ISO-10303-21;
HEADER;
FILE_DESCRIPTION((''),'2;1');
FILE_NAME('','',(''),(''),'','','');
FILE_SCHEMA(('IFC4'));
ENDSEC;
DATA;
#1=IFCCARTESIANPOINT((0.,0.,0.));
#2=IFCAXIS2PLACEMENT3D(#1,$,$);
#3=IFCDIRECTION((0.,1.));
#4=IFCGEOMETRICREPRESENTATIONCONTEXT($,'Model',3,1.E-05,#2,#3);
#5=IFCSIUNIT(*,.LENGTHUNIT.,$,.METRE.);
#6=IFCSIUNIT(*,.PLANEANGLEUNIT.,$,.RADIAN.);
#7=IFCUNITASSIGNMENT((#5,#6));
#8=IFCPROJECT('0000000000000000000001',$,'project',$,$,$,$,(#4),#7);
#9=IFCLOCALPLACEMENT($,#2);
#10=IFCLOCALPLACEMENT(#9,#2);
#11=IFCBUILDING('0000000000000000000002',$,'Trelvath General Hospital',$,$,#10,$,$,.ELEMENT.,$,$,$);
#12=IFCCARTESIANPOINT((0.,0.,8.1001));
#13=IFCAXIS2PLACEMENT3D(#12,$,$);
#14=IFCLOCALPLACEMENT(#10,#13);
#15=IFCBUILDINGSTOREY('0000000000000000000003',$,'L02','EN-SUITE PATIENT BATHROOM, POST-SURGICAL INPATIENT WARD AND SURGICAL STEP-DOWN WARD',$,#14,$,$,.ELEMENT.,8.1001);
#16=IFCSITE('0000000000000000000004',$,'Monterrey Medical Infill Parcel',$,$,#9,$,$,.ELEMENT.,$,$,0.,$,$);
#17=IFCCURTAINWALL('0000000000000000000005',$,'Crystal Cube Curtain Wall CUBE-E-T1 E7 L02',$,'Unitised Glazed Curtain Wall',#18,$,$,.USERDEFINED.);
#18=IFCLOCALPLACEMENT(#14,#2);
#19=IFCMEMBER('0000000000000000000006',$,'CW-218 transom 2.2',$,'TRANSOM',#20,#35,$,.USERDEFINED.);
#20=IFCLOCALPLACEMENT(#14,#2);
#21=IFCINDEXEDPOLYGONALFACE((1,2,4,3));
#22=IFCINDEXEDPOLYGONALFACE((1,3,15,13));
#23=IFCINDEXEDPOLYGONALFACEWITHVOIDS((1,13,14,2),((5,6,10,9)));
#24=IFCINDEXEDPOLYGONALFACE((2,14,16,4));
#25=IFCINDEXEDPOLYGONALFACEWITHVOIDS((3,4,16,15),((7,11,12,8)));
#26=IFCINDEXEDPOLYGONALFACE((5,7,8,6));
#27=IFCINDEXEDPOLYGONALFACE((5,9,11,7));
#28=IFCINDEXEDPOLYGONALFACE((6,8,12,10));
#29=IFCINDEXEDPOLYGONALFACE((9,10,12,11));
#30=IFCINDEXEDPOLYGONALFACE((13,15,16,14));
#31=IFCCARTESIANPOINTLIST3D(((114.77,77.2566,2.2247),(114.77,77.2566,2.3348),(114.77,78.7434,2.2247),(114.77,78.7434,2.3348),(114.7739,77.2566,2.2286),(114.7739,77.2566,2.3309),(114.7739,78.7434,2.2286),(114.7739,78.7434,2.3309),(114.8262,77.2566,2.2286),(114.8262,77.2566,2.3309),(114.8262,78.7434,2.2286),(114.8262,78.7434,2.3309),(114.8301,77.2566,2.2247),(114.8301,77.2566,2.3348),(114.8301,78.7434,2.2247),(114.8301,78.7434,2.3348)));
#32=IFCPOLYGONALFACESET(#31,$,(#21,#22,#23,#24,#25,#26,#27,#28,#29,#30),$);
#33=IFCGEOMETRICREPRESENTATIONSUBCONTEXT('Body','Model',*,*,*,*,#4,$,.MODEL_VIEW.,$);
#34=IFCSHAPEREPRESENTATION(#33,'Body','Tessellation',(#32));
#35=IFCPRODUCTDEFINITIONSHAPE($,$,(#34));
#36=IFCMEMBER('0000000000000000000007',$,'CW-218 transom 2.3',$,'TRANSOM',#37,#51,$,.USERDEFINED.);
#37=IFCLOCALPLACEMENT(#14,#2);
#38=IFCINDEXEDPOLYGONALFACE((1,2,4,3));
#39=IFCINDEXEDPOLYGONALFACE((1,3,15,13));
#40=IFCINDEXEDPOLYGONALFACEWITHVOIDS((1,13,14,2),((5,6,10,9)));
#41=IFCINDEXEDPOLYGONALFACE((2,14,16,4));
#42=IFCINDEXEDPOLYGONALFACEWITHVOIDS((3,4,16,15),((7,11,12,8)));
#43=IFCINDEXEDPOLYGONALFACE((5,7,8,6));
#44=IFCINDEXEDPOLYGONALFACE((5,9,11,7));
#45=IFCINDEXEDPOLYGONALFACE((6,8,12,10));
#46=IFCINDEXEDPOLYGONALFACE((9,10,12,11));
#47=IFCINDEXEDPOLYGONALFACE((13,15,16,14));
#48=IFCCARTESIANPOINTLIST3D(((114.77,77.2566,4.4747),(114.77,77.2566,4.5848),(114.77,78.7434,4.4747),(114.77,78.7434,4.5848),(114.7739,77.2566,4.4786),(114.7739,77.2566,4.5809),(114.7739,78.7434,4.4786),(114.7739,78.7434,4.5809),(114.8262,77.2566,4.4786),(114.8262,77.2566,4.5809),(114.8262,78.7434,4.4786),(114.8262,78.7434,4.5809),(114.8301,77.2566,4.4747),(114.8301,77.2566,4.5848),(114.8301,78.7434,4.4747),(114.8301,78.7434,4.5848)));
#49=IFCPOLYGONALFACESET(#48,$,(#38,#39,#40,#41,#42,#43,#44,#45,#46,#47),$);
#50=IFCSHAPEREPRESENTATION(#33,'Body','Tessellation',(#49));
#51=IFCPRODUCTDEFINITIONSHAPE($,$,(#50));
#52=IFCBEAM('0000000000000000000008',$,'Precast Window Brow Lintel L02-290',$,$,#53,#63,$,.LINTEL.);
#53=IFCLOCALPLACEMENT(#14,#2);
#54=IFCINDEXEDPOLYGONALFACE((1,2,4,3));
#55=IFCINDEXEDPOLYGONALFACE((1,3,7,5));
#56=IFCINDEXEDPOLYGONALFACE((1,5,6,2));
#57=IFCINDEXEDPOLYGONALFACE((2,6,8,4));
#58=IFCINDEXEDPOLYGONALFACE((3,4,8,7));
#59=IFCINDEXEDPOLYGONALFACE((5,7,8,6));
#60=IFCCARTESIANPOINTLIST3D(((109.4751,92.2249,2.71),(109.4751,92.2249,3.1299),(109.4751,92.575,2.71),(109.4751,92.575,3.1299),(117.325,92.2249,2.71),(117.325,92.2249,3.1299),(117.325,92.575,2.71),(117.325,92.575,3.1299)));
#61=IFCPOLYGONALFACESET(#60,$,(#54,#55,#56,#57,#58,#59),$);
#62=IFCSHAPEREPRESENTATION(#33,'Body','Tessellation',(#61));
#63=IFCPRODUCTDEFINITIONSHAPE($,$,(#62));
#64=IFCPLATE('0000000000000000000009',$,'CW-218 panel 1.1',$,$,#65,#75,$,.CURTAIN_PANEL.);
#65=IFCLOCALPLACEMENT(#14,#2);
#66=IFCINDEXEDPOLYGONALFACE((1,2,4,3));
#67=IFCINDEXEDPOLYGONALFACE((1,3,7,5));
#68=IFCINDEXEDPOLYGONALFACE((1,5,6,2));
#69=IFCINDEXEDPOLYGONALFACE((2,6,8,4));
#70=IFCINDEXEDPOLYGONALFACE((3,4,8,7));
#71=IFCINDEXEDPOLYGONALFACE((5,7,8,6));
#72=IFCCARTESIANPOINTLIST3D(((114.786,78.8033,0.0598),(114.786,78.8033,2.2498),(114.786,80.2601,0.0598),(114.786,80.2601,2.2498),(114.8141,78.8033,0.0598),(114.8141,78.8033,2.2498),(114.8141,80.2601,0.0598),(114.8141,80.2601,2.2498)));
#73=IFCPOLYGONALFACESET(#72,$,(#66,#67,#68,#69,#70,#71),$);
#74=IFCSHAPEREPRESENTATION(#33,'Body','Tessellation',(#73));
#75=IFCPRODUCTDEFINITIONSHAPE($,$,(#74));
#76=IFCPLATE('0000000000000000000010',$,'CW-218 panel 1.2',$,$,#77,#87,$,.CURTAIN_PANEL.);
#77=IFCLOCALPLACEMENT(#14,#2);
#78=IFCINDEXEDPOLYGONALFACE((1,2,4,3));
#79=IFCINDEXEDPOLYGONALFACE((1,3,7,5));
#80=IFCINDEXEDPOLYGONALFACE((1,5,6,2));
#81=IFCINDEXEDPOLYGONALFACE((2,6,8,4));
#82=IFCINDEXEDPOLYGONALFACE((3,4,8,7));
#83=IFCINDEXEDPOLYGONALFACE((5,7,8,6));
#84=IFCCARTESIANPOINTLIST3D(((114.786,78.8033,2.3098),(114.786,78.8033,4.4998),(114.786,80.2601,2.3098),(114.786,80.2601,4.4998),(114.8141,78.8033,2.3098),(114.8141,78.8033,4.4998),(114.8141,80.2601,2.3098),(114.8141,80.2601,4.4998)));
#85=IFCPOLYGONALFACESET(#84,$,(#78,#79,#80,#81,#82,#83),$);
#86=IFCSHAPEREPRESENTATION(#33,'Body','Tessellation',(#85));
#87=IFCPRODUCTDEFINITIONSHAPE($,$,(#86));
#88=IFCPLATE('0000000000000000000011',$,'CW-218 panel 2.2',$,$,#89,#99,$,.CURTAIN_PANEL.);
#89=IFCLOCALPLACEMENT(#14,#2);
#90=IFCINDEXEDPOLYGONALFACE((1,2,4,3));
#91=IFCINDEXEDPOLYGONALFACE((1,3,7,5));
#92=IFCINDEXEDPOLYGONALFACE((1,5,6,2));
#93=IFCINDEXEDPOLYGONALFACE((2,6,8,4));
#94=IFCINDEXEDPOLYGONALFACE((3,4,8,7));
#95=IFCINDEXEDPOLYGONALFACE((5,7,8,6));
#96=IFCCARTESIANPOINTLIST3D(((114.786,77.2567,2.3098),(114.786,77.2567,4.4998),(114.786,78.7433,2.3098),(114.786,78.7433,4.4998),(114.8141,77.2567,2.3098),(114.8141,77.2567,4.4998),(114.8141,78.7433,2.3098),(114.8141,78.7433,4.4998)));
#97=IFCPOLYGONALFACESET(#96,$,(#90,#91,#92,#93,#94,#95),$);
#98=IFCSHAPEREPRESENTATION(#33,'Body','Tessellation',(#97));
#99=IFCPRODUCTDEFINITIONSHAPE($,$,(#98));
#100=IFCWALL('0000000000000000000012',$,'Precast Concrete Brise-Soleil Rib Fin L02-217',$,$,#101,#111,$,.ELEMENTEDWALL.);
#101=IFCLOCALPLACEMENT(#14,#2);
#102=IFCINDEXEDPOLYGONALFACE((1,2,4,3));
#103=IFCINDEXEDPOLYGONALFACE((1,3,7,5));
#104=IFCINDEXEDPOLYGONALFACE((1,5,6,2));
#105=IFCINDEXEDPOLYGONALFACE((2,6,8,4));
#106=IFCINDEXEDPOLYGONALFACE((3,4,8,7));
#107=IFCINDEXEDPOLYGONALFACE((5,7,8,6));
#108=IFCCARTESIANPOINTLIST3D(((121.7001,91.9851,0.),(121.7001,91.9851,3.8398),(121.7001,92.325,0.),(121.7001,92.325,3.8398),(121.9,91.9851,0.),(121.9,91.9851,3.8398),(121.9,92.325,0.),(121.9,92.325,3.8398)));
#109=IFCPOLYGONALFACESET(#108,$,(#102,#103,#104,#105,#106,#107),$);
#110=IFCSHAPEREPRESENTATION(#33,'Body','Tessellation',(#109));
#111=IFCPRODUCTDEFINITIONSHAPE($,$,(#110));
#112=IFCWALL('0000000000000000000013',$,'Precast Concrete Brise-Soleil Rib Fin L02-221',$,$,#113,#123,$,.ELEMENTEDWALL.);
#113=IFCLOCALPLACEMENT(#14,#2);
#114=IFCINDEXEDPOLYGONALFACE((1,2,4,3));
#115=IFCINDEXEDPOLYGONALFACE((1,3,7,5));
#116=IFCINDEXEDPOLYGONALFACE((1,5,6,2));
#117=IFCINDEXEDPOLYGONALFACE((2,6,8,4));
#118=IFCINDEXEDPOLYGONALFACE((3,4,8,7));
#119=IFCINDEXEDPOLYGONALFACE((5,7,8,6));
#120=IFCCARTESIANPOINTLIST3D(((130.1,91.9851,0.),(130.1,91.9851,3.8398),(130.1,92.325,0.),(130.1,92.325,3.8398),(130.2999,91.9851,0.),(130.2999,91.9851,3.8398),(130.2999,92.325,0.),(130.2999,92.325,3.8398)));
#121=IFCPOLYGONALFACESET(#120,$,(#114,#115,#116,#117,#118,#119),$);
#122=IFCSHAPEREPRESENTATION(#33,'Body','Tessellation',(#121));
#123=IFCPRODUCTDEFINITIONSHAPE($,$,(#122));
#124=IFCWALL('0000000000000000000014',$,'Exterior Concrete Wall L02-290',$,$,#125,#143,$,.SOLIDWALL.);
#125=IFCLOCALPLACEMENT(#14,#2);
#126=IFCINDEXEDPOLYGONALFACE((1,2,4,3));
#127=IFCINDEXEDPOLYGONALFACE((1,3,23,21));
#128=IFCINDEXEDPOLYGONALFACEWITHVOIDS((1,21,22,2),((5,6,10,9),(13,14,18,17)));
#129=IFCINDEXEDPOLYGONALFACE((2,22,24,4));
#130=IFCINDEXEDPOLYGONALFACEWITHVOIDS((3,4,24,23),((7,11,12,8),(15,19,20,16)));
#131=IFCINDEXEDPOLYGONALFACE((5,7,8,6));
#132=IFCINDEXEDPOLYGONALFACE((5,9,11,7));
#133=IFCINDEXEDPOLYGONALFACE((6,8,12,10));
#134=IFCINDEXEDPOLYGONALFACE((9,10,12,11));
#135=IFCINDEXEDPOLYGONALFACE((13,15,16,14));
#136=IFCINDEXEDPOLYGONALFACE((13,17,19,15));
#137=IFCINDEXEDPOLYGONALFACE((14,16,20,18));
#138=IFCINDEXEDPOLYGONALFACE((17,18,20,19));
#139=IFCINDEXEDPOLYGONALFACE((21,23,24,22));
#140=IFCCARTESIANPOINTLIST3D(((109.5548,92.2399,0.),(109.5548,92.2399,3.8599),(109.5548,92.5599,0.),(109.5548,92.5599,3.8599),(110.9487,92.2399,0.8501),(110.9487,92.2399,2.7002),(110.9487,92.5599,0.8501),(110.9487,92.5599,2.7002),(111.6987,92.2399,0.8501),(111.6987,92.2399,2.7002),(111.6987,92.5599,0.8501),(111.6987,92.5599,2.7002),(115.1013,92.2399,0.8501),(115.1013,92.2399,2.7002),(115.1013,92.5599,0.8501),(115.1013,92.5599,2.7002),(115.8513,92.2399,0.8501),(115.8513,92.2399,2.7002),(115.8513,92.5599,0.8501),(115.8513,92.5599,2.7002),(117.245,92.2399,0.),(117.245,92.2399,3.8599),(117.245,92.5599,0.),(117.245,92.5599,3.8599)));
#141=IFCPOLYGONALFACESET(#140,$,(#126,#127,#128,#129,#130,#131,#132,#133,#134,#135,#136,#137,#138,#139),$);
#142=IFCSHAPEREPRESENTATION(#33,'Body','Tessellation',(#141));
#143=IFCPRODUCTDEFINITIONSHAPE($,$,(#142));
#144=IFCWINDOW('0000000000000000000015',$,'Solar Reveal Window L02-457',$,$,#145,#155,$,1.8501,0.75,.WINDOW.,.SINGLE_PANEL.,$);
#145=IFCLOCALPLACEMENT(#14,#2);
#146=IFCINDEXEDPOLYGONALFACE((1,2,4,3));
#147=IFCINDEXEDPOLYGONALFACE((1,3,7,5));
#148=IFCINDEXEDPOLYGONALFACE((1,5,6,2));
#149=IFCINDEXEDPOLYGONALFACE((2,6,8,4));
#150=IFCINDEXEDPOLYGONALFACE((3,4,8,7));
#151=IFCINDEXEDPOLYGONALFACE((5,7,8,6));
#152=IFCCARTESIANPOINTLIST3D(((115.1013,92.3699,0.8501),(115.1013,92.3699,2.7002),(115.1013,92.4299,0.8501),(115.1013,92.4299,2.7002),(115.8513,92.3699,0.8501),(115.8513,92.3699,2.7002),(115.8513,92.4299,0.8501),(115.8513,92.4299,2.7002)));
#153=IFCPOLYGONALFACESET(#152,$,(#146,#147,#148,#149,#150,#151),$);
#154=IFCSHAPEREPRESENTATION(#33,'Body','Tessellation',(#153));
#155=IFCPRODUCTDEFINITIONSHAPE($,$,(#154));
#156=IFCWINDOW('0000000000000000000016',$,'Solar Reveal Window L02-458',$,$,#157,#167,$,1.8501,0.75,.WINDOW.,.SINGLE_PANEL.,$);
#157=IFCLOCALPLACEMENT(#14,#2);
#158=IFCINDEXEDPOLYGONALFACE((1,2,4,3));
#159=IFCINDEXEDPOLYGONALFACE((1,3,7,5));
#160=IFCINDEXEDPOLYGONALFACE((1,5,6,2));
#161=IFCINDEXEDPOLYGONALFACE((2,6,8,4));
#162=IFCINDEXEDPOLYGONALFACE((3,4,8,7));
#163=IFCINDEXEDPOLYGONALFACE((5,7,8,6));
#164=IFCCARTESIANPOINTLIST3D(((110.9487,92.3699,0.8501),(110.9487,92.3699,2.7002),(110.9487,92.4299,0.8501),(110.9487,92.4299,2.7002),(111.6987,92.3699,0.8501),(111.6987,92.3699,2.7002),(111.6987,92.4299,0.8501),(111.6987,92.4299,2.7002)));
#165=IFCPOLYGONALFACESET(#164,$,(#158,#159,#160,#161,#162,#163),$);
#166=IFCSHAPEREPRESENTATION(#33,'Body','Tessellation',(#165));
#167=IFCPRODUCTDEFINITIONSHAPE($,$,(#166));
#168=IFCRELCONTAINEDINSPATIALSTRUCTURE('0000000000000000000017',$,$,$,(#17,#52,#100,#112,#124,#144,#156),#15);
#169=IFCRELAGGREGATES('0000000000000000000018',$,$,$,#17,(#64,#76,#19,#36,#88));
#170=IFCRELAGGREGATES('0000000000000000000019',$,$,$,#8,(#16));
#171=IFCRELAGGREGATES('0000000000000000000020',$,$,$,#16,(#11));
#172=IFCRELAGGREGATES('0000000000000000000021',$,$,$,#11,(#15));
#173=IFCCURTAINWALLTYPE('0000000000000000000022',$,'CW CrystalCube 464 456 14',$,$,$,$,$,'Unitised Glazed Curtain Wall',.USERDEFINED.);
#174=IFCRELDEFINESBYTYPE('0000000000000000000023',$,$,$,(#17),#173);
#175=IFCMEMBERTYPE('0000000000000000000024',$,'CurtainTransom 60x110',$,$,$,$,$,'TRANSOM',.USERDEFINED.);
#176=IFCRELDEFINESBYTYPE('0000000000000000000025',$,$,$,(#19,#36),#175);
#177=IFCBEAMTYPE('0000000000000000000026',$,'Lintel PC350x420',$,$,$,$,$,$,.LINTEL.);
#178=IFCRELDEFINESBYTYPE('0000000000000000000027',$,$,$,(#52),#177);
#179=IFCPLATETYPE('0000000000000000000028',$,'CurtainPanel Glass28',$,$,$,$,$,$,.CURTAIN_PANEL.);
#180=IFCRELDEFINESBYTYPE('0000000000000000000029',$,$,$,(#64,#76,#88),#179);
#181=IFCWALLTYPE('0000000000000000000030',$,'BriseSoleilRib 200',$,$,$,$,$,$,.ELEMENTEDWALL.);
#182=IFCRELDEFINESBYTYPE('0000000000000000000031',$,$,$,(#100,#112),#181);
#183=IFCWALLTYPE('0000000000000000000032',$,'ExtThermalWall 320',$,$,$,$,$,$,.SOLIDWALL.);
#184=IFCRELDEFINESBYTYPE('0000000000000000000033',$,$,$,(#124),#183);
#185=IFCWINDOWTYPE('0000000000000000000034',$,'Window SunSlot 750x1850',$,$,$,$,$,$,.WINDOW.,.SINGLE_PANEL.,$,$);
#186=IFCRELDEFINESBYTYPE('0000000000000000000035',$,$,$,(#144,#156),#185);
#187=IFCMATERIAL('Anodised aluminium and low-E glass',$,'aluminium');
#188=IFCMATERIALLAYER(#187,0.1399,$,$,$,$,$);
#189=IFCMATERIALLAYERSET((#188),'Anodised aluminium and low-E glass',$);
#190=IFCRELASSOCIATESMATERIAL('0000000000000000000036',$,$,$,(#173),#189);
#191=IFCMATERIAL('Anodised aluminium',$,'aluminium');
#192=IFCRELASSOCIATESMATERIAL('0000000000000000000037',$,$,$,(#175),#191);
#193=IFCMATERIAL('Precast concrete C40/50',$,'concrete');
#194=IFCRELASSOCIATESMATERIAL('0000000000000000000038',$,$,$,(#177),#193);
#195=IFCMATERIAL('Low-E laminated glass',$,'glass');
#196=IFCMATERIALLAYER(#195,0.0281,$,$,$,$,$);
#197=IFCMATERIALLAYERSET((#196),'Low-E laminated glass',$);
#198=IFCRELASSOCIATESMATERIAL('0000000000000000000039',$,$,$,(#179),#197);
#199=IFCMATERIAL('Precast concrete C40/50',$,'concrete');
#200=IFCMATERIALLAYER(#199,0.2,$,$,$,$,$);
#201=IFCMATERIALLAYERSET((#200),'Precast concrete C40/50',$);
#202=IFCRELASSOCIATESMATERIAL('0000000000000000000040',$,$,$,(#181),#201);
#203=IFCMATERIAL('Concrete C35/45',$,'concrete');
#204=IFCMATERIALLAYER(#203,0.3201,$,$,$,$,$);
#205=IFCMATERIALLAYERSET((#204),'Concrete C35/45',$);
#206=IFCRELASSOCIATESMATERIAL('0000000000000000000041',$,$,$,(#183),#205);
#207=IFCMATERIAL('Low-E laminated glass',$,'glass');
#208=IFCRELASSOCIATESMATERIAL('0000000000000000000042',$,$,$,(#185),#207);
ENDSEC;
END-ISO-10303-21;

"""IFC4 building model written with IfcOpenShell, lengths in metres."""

from ifc_helpers import new_model, si_unit, direction, frame, frame_2d, origin, origin_2d, place, context, subcontext, project, spatial, rectangle, hollow_rectangle, extrude, material, layer, layer_set, material_profile, profile_set, type_object, element, fill, aggregate, save


model = new_model("IFC4")

# Units and contexts
model_context = context("Model", 3, precision=1e-05, world=origin(), true_north=direction((0.0, 1.0)))
body_context = subcontext(model_context, "Body", "Model", "MODEL_VIEW")
ifc_project = project(units=[si_unit("LENGTHUNIT", "METRE"), si_unit("PLANEANGLEUNIT", "RADIAN")], contexts=[model_context])

# Site, building, storey
site_placement = place(None, origin())
site = spatial("IfcSite", under=ifc_project, at=site_placement, Name="Monterrey Medical Infill Parcel", CompositionType="ELEMENT", RefElevation=0.0)
building_placement = place(site_placement, origin())
building = spatial("IfcBuilding", under=site, at=building_placement, Name="Trelvath General Hospital", CompositionType="ELEMENT")
storey_placement = place(building_placement, frame((0.0, 0.0, 8.1001)))
storey = spatial("IfcBuildingStorey", under=building, at=storey_placement, Name="L02", Description="EN-SUITE PATIENT BATHROOM, POST-SURGICAL INPATIENT WARD AND SURGICAL STEP-DOWN WARD", CompositionType="ELEMENT", Elevation=8.1001)

# Curtain wall, members
ifc_material_1 = material(Name="Anodised aluminium and low-E glass", Category="aluminium")
ifc_layer_1 = layer(ifc_material_1, 0.1399)
ifc_layer_set_1 = layer_set([ifc_layer_1], Name="Anodised aluminium and low-E glass")
curtain_wall_type = type_object("IfcCurtainWallType", Name="CW CrystalCube 464 456 14", ElementType="Unitised Glazed Curtain Wall", PredefinedType="USERDEFINED", material=ifc_layer_set_1)
curtain_wall_placement = place(storey_placement, origin())
curtain_wall = element("IfcCurtainWall", 1, at=curtain_wall_placement, inside=storey, type_object=curtain_wall_type, Name="Crystal Cube Curtain Wall CUBE-E-T1 E7 L02", ObjectType="Unitised Glazed Curtain Wall", PredefinedType="USERDEFINED")
ifc_material_2 = material(Name="Anodised aluminium", Category="aluminium")
ifc_material_profile_1 = material_profile(ifc_material_2, hollow_rectangle(XDim=0.0601, YDim=0.1101, WallThickness=0.0039, at=origin_2d()), Name="RHS60x110x4")
ifc_profile_set_1 = profile_set([ifc_material_profile_1], Name="Anodised aluminium")
member_type_1 = type_object("IfcMemberType", Name="CurtainTransom 60x110", ElementType="TRANSOM", PredefinedType="USERDEFINED", material=ifc_profile_set_1)
member_1_placement = place(storey_placement, frame((114.8, 78.7434, 2.2798), z_axis=(0.0, -1.0, 0.0), x_axis=(1.0, 0.0, 0.0)))
member_1 = element("IfcMember", 2, at=member_1_placement, type_object=member_type_1, Name="CW-218 transom 2.2", ObjectType="TRANSOM", PredefinedType="USERDEFINED", context=body_context, shape_type="SweptSolid", body=[
    extrude(hollow_rectangle(XDim=0.0601, YDim=0.1101, WallThickness=0.0039, at=origin_2d()), origin(), (0.0, 0.0, 1.0), 1.4868),
])
member_2_placement = place(storey_placement, frame((114.8, 78.7434, 4.5298), z_axis=(0.0, -1.0, 0.0), x_axis=(1.0, 0.0, 0.0)))
member_2 = element("IfcMember", 3, at=member_2_placement, type_object=member_type_1, Name="CW-218 transom 2.3", ObjectType="TRANSOM", PredefinedType="USERDEFINED", context=body_context, shape_type="SweptSolid", body=[
    extrude(hollow_rectangle(XDim=0.0601, YDim=0.1101, WallThickness=0.0039, at=origin_2d()), origin(), (0.0, 0.0, 1.0), 1.4868),
])

# Beam
ifc_material_3 = material(Name="Precast concrete C40/50", Category="concrete")
ifc_material_profile_2 = material_profile(ifc_material_3, rectangle(XDim=0.3501, YDim=0.4199, at=origin_2d()), Name="PCL350x420")
ifc_profile_set_2 = profile_set([ifc_material_profile_2], Name="Precast concrete C40/50")
beam_type_1 = type_object("IfcBeamType", Name="Lintel PC350x420", PredefinedType="LINTEL", material=ifc_profile_set_2)
beam_placement = place(storey_placement, frame((117.325, 92.3999, 2.9199), z_axis=(-1.0, 0.0, 0.0), x_axis=(0.0, -1.0, 0.0)))
element("IfcBeam", 4, at=beam_placement, inside=storey, type_object=beam_type_1, Name="Precast Window Brow Lintel L02-290", PredefinedType="LINTEL", context=body_context, shape_type="SweptSolid", body=[
    extrude(rectangle(XDim=0.3501, YDim=0.4199, at=origin_2d()), origin(), (0.0, 0.0, 1.0), 7.8499),
])

# Plates
ifc_material_4 = material(Name="Low-E laminated glass", Category="glass")
ifc_layer_2 = layer(ifc_material_4, 0.0281)
ifc_layer_set_2 = layer_set([ifc_layer_2], Name="Low-E laminated glass")
plate_type = type_object("IfcPlateType", Name="CurtainPanel Glass28", PredefinedType="CURTAIN_PANEL", material=ifc_layer_set_2)
plate_1_placement = place(storey_placement, frame((114.8, 79.5317, 0.0598), z_axis=(0.0, 0.0, 1.0), x_axis=(0.0, -1.0, 0.0)))
plate_1 = element("IfcPlate", 5, at=plate_1_placement, type_object=plate_type, Name="CW-218 panel 1.1", PredefinedType="CURTAIN_PANEL", context=body_context, shape_type="SweptSolid", body=[
    extrude(rectangle(XDim=1.4568, YDim=0.0281, at=origin_2d()), origin(), (0.0, 0.0, 1.0), 2.1899),
])
plate_2_placement = place(storey_placement, frame((114.8, 79.5317, 2.3098), z_axis=(0.0, 0.0, 1.0), x_axis=(0.0, -1.0, 0.0)))
plate_2 = element("IfcPlate", 6, at=plate_2_placement, type_object=plate_type, Name="CW-218 panel 1.2", PredefinedType="CURTAIN_PANEL", context=body_context, shape_type="SweptSolid", body=[
    extrude(rectangle(XDim=1.4568, YDim=0.0281, at=origin_2d()), origin(), (0.0, 0.0, 1.0), 2.1899),
])
plate_3_placement = place(storey_placement, frame((114.8, 78.0, 2.3098), z_axis=(0.0, 0.0, 1.0), x_axis=(0.0, -1.0, 0.0)))
plate_3 = element("IfcPlate", 7, at=plate_3_placement, type_object=plate_type, Name="CW-218 panel 2.2", PredefinedType="CURTAIN_PANEL", context=body_context, shape_type="SweptSolid", body=[
    extrude(rectangle(XDim=1.4866, YDim=0.0281, at=origin_2d()), origin(), (0.0, 0.0, 1.0), 2.1899),
])
aggregate(curtain_wall, [plate_1, plate_2, member_1, member_2, plate_3])

# Walls
ifc_material_5 = material(Name="Precast concrete C40/50", Category="concrete")
ifc_layer_3 = layer(ifc_material_5, 0.2)
ifc_layer_set_3 = layer_set([ifc_layer_3], Name="Precast concrete C40/50")
wall_type_1 = type_object("IfcWallType", Name="BriseSoleilRib 200", PredefinedType="ELEMENTEDWALL", material=ifc_layer_set_3)
for number, where, z_axis, x_axis, name in (
    (8, (121.8, 92.325, 0.0), (0.0, 0.0, 1.0), (0.0, -1.0, 0.0), "Precast Concrete Brise-Soleil Rib Fin L02-217"),
    (9, (130.2, 92.325, 0.0), (0.0, 0.0, 1.0), (0.0, -1.0, 0.0), "Precast Concrete Brise-Soleil Rib Fin L02-221"),
):
    element("IfcWall", number, at=place(storey_placement, frame(where, z_axis=z_axis, x_axis=x_axis)), inside=storey, type_object=wall_type_1, Name=name, PredefinedType="ELEMENTEDWALL", context=body_context, shape_type="SweptSolid", body=[
        extrude(rectangle(XDim=0.3398, YDim=0.2, at=frame_2d((0.1699, 0.0))), origin(), (0.0, 0.0, 1.0), 3.8398),
    ])

# Wall, openings, windows
ifc_material_6 = material(Name="Concrete C35/45", Category="concrete")
ifc_layer_4 = layer(ifc_material_6, 0.3201)
ifc_layer_set_4 = layer_set([ifc_layer_4], Name="Concrete C35/45")
wall_type_2 = type_object("IfcWallType", Name="ExtThermalWall 320", PredefinedType="SOLIDWALL", material=ifc_layer_set_4)
wall_1_placement = place(storey_placement, frame((117.2451, 92.3999, 0.0), z_axis=(0.0, 0.0, 1.0), x_axis=(-1.0, 0.0, 0.0)))
wall_1 = element("IfcWall", 10, at=wall_1_placement, inside=storey, type_object=wall_type_2, Name="Exterior Concrete Wall L02-290", PredefinedType="SOLIDWALL", context=body_context, shape_type="SweptSolid", body=[
    extrude(rectangle(XDim=7.6902, YDim=0.3201, at=frame_2d((3.8452, 0.0))), origin(), (0.0, 0.0, 1.0), 3.8599),
])
opening_1_placement = place(wall_1_placement, frame((1.3938, 0.0, 0.8501)))
opening_1 = element("IfcOpeningElement", 11, at=opening_1_placement, cuts=wall_1, PredefinedType="OPENING", context=body_context, shape_type="SweptSolid", body=[
    extrude(rectangle(XDim=0.75, YDim=1.8501, at=frame_2d((0.375, 0.925))), frame((0.0, 0.1699, 0.0), z_axis=(0.0, -1.0, 0.0), x_axis=(1.0, 0.0, 0.0)), (0.0, 0.0, 1.0), 0.3401),
])
opening_2_placement = place(wall_1_placement, frame((5.5464, 0.0, 0.8501)))
opening_2 = element("IfcOpeningElement", 12, at=opening_2_placement, cuts=wall_1, PredefinedType="OPENING", context=body_context, shape_type="SweptSolid", body=[
    extrude(rectangle(XDim=0.75, YDim=1.8501, at=frame_2d((0.375, 0.925))), frame((0.0, 0.1699, 0.0), z_axis=(0.0, -1.0, 0.0), x_axis=(1.0, 0.0, 0.0)), (0.0, 0.0, 1.0), 0.3401),
])
ifc_material_7 = material(Name="Low-E laminated glass", Category="glass")
window_type_1 = type_object("IfcWindowType", Name="Window SunSlot 750x1850", PartitioningType="SINGLE_PANEL", PredefinedType="WINDOW", material=ifc_material_7)
window_1_placement = place(opening_1_placement, origin())
window_1 = element("IfcWindow", 13, at=window_1_placement, inside=storey, type_object=window_type_1, Name="Solar Reveal Window L02-457", OverallHeight=1.8501, OverallWidth=0.75, PartitioningType="SINGLE_PANEL", PredefinedType="WINDOW", context=body_context, shape_type="SweptSolid", body=[
    extrude(rectangle(XDim=0.75, YDim=1.8501, at=frame_2d((0.375, 0.925))), frame((0.0, 0.03, 0.0), z_axis=(0.0, -1.0, 0.0), x_axis=(1.0, 0.0, 0.0)), (0.0, 0.0, 1.0), 0.0601),
])
fill(opening_1, window_1)
window_2_placement = place(opening_2_placement, origin())
window_2 = element("IfcWindow", 14, at=window_2_placement, inside=storey, type_object=window_type_1, Name="Solar Reveal Window L02-458", OverallHeight=1.8501, OverallWidth=0.75, PartitioningType="SINGLE_PANEL", PredefinedType="WINDOW", context=body_context, shape_type="SweptSolid", body=[
    extrude(rectangle(XDim=0.75, YDim=1.8501, at=frame_2d((0.375, 0.925))), frame((0.0, 0.03, 0.0), z_axis=(0.0, -1.0, 0.0), x_axis=(1.0, 0.0, 0.0)), (0.0, 0.0, 1.0), 0.0601),
])
fill(opening_2, window_2)

save(model, "model.ifc")
